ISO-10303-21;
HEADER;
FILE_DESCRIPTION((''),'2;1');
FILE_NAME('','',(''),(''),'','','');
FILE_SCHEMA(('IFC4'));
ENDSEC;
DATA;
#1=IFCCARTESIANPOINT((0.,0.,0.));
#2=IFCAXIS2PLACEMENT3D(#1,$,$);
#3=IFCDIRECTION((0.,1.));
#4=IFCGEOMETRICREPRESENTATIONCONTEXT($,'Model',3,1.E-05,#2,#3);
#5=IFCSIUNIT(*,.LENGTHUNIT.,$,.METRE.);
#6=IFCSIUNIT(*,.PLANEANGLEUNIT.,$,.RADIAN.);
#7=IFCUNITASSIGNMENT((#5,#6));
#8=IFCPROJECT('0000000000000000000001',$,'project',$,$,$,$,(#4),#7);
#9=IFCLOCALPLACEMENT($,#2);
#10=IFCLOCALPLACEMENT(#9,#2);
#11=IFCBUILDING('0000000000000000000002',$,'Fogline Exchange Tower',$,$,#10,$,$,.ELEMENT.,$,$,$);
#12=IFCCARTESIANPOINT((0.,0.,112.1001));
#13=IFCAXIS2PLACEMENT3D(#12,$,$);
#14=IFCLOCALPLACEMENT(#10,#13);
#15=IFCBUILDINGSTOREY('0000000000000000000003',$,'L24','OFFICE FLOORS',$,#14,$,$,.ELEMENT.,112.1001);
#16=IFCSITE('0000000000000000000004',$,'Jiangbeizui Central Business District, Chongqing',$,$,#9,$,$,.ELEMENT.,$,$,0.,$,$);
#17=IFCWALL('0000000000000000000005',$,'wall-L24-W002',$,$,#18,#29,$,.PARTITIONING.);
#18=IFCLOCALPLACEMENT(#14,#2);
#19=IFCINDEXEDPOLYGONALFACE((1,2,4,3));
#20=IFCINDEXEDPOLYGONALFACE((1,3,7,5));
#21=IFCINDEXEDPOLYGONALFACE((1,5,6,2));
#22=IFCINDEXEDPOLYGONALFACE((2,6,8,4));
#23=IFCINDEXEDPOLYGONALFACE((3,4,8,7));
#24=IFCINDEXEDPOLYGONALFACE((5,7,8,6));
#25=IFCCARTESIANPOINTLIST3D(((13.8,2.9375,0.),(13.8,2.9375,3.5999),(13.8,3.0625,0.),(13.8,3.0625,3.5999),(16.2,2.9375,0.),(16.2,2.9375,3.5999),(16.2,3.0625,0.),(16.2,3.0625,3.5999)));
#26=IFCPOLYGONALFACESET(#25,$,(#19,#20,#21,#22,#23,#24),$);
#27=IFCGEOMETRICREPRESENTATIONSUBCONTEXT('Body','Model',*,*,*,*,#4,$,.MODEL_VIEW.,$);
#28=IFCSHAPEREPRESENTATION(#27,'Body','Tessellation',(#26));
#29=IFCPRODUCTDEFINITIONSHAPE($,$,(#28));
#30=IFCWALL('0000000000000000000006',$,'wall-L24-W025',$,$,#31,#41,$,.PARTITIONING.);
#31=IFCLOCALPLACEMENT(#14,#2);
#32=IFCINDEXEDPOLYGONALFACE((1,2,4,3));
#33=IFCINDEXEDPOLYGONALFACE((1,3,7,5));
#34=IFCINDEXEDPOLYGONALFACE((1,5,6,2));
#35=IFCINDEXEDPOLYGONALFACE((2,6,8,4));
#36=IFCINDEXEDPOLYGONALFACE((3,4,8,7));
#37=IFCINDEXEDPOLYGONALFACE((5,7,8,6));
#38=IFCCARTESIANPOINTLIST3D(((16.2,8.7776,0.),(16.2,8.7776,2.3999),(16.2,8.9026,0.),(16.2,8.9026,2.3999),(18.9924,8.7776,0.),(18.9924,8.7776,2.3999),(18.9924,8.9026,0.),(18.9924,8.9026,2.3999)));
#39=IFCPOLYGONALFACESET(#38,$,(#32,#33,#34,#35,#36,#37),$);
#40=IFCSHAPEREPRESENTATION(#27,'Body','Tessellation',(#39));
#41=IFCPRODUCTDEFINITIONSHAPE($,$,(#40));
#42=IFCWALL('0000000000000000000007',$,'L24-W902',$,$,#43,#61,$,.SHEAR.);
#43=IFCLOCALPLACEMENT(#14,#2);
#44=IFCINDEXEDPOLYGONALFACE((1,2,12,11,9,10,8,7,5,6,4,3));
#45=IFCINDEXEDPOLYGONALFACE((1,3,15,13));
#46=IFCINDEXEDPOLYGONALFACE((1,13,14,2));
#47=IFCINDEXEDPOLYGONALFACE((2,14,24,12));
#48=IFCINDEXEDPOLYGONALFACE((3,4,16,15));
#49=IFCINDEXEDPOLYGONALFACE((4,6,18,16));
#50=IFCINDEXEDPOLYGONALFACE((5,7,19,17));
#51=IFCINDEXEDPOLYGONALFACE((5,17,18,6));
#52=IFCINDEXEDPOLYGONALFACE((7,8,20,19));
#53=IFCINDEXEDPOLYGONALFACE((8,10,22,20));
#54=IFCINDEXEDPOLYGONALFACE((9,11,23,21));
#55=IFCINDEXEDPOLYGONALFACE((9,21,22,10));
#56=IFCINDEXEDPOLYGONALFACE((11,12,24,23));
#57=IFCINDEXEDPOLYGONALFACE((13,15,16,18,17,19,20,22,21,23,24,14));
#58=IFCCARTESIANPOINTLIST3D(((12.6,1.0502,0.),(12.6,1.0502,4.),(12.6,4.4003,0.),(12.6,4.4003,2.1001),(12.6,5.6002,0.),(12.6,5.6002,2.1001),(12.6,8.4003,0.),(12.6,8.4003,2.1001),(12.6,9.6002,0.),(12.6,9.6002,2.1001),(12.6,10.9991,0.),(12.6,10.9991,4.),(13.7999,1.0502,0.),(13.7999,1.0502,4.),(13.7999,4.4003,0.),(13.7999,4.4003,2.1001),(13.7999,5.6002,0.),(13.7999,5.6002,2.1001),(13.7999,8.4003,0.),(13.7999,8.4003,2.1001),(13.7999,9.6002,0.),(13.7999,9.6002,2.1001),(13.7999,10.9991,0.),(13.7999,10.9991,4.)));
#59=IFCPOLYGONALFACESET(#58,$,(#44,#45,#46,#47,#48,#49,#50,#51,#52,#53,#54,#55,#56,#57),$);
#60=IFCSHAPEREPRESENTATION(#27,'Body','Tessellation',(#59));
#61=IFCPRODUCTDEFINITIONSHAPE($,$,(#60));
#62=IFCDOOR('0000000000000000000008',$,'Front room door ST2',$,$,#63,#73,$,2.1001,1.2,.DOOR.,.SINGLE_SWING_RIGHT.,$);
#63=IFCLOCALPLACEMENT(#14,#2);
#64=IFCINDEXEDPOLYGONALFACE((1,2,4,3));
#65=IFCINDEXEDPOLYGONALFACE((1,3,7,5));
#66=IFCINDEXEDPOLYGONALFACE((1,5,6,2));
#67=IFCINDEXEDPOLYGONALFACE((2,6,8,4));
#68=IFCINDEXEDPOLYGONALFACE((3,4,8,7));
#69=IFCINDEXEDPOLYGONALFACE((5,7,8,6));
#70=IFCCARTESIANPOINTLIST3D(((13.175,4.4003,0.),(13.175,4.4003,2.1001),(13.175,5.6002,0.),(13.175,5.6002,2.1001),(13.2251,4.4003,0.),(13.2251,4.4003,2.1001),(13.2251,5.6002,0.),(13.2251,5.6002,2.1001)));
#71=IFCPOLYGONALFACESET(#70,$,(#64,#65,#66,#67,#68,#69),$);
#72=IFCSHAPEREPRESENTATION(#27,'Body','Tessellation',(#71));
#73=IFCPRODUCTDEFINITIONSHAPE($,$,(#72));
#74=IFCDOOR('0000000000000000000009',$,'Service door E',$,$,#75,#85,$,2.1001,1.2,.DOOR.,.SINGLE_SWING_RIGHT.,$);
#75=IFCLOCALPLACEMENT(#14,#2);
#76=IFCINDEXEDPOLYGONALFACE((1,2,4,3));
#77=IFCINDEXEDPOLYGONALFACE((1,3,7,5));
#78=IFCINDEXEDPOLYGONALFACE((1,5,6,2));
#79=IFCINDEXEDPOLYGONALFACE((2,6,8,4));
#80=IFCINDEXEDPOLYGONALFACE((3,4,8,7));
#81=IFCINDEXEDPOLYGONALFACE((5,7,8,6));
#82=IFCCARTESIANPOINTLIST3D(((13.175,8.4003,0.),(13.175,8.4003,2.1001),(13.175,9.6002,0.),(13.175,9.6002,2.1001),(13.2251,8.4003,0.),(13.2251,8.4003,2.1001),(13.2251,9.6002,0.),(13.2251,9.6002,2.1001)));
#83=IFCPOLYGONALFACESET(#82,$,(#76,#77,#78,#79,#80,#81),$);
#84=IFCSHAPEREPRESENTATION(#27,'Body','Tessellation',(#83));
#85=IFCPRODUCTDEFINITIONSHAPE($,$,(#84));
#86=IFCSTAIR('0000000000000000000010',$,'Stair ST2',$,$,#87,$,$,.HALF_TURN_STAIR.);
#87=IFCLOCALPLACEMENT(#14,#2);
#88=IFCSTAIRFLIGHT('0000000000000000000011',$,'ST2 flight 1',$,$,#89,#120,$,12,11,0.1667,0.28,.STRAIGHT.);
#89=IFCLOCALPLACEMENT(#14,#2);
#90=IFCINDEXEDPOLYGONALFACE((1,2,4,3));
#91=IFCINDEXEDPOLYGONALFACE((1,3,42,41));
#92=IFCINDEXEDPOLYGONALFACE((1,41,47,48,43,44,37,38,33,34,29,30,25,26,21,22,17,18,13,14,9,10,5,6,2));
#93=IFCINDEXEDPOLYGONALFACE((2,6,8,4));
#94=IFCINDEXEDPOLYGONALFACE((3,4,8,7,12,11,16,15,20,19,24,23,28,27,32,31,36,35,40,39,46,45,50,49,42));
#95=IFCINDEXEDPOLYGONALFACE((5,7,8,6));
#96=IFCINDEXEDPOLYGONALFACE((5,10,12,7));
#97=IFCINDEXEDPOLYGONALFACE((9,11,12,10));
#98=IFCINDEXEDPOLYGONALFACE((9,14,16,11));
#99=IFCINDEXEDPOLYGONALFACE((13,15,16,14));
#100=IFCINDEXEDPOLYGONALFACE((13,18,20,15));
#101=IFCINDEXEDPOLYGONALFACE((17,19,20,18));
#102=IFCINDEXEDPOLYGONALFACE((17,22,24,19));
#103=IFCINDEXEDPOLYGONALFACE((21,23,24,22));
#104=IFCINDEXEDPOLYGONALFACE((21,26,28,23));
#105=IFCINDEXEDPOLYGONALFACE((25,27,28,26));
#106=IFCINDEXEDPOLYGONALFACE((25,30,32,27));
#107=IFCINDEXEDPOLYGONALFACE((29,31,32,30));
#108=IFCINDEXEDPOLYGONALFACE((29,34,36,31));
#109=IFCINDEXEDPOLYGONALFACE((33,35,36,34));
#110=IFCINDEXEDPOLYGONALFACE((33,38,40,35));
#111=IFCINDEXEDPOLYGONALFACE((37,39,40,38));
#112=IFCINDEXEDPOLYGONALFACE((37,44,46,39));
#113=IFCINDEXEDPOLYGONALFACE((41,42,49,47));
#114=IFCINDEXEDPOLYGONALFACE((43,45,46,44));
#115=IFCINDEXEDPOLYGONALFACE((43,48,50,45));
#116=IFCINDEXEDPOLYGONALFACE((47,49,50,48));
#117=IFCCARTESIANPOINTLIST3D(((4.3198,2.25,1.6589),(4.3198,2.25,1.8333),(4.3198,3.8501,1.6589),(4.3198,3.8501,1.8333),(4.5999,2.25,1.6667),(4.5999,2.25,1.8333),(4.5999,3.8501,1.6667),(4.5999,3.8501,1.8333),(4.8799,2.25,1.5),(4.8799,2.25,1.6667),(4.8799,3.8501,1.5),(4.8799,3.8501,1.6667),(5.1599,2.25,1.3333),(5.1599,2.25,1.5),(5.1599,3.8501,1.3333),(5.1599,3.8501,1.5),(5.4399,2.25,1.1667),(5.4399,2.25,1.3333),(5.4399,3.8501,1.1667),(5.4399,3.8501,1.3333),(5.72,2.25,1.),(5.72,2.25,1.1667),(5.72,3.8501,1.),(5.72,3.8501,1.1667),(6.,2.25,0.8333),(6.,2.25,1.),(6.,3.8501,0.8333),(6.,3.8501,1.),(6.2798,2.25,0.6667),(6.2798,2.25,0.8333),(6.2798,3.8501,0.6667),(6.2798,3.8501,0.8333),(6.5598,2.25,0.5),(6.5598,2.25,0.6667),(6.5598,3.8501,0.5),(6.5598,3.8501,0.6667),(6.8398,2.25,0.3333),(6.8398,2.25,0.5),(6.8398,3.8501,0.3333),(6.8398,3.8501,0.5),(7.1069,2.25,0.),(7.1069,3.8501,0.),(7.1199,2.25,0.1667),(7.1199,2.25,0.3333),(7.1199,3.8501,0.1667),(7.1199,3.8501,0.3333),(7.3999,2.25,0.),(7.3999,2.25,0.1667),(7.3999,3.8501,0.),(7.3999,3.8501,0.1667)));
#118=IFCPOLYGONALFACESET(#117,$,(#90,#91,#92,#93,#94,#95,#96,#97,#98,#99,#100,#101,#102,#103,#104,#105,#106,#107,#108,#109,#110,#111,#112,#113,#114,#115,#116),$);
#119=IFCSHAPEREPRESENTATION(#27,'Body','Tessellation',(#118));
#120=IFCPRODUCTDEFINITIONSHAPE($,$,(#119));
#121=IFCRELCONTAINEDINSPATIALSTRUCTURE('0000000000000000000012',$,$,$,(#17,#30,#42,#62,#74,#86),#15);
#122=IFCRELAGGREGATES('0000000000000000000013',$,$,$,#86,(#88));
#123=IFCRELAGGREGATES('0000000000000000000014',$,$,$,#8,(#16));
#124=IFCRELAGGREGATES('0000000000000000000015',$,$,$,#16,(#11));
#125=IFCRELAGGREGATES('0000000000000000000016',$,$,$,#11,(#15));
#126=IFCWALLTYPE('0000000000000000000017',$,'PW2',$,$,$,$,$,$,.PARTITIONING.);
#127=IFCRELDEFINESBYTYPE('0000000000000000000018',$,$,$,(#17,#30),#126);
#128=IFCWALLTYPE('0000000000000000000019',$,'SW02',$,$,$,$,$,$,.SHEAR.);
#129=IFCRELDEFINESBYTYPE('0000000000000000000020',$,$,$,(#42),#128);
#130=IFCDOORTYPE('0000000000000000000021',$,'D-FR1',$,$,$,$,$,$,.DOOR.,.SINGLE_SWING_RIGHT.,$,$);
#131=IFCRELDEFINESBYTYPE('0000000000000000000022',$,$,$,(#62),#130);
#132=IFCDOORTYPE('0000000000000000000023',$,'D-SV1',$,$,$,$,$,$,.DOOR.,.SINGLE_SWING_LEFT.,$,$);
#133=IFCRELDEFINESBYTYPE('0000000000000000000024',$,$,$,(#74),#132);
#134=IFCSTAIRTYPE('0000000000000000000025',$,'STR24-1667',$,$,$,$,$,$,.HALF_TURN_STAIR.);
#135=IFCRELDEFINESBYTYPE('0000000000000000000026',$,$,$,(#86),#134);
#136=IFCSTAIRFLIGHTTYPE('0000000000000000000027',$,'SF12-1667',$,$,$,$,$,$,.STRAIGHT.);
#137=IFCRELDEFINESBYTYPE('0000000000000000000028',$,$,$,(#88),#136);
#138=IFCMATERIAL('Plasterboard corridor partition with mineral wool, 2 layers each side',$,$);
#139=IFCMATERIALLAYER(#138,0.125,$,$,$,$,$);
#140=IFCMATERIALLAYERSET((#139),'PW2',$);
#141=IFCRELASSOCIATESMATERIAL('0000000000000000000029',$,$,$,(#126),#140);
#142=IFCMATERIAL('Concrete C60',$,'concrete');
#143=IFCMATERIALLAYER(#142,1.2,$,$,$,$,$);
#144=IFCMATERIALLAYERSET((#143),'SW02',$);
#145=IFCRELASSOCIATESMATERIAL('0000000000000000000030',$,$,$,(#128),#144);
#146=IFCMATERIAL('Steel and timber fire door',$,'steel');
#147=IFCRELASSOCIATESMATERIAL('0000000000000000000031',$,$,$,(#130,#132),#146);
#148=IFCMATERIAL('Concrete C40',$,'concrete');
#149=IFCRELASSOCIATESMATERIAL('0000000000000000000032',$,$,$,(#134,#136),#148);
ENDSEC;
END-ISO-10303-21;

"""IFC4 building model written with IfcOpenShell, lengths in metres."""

from ifc_helpers import new_model, si_unit, direction, frame, frame_2d, origin, place, context, subcontext, project, spatial, polyline, rectangle, outline, extrude, material, layer, layer_set, type_object, element, fill, aggregate, save


model = new_model("IFC4")

# Units and contexts
model_context = context("Model", 3, precision=1e-05, world=origin(), true_north=direction((0.0, 1.0)))
body_context = subcontext(model_context, "Body", "Model", "MODEL_VIEW")
ifc_project = project(units=[si_unit("LENGTHUNIT", "METRE"), si_unit("PLANEANGLEUNIT", "RADIAN")], contexts=[model_context])

# Site, building, storey
site_placement = place(None, origin())
site = spatial("IfcSite", under=ifc_project, at=site_placement, Name="Jiangbeizui Central Business District, Chongqing", CompositionType="ELEMENT", RefElevation=0.0)
building_placement = place(site_placement, origin())
building = spatial("IfcBuilding", under=site, at=building_placement, Name="Fogline Exchange Tower", CompositionType="ELEMENT")
storey_placement = place(building_placement, frame((0.0, 0.0, 112.1001)))
storey = spatial("IfcBuildingStorey", under=building, at=storey_placement, Name="L24", Description="OFFICE FLOORS", CompositionType="ELEMENT", Elevation=112.1001)

# Shared definitions
ifc_material_1 = material(Name="Concrete C40", Category="concrete")

# Shared definitions
ifc_material_2 = material(Name="Steel and timber fire door", Category="steel")

# Shared definitions
ifc_material_3 = material(Name="Plasterboard corridor partition with mineral wool, 2 layers each side")
ifc_layer_1 = layer(ifc_material_3, 0.125)
ifc_layer_set_1 = layer_set([ifc_layer_1], Name="PW2")
wall_type_1 = type_object("IfcWallType", Name="PW2", PredefinedType="PARTITIONING", material=ifc_layer_set_1)

# Walls
wall_1_placement = place(storey_placement, frame((16.2, 3.0, 0.0), z_axis=(0.0, 0.0, 1.0), x_axis=(-1.0, 0.0, 0.0)))
element("IfcWall", 1, at=wall_1_placement, inside=storey, type_object=wall_type_1, Name="wall-L24-W002", PredefinedType="PARTITIONING", context=body_context, shape_type="SweptSolid", body=[
    extrude(rectangle(XDim=2.3999, YDim=0.125, at=frame_2d((1.2, 0.0))), origin(), (0.0, 0.0, 1.0), 3.5999),
])
wall_2_placement = place(storey_placement, frame((18.9924, 8.8401, 0.0), z_axis=(0.0, 0.0, 1.0), x_axis=(-1.0, 0.0, 0.0)))
element("IfcWall", 2, at=wall_2_placement, inside=storey, type_object=wall_type_1, Name="wall-L24-W025", PredefinedType="PARTITIONING", context=body_context, shape_type="SweptSolid", body=[
    extrude(rectangle(XDim=2.7925, YDim=0.125, at=frame_2d((1.3962, 0.0))), origin(), (0.0, 0.0, 1.0), 2.3999),
])

# Wall, openings, doors
ifc_material_4 = material(Name="Concrete C60", Category="concrete")
ifc_layer_2 = layer(ifc_material_4, 1.2)
ifc_layer_set_2 = layer_set([ifc_layer_2], Name="SW02")
wall_type_2 = type_object("IfcWallType", Name="SW02", PredefinedType="SHEAR", material=ifc_layer_set_2)
wall_3_placement = place(storey_placement, frame((13.2, 1.05, 0.0), z_axis=(0.0, 0.0, 1.0), x_axis=(0.0, 1.0, 0.0)))
wall_3 = element("IfcWall", 3, at=wall_3_placement, inside=storey, type_object=wall_type_2, Name="L24-W902", PredefinedType="SHEAR", context=body_context, shape_type="SweptSolid", body=[
    extrude(rectangle(XDim=9.949, YDim=1.2, at=frame_2d((4.9746, 0.0))), origin(), (0.0, 0.0, 1.0), 4.0),
])
opening_1_placement = place(wall_3_placement, frame((3.3501, 0.0, 0.0)))
opening_1 = element("IfcOpeningElement", 4, at=opening_1_placement, cuts=wall_3, PredefinedType="OPENING", context=body_context, shape_type="SweptSolid", body=[
    extrude(rectangle(XDim=1.2, YDim=2.1001, at=frame_2d((0.6001, 1.05))), frame((0.0, 0.6099, 0.0), z_axis=(0.0, -1.0, 0.0), x_axis=(1.0, 0.0, 0.0)), (0.0, 0.0, 1.0), 1.22),
])
opening_2_placement = place(wall_3_placement, frame((7.3501, 0.0, 0.0)))
opening_2 = element("IfcOpeningElement", 5, at=opening_2_placement, cuts=wall_3, PredefinedType="OPENING", context=body_context, shape_type="SweptSolid", body=[
    extrude(rectangle(XDim=1.2, YDim=2.1001, at=frame_2d((0.6001, 1.05))), frame((0.0, 0.6099, 0.0), z_axis=(0.0, -1.0, 0.0), x_axis=(1.0, 0.0, 0.0)), (0.0, 0.0, 1.0), 1.22),
])
door_type_1 = type_object("IfcDoorType", Name="D-FR1", OperationType="SINGLE_SWING_RIGHT", PredefinedType="DOOR", material=ifc_material_2)
door_1_placement = place(opening_1_placement, origin())
door_1 = element("IfcDoor", 6, at=door_1_placement, inside=storey, type_object=door_type_1, Name="Front room door ST2", OperationType="SINGLE_SWING_RIGHT", OverallHeight=2.1001, OverallWidth=1.2, PredefinedType="DOOR", context=body_context, shape_type="SweptSolid", body=[
    extrude(rectangle(XDim=1.2, YDim=2.1001, at=frame_2d((0.6001, 1.05))), frame((0.0, 0.0249, 0.0), z_axis=(0.0, -1.0, 0.0), x_axis=(1.0, 0.0, 0.0)), (0.0, 0.0, 1.0), 0.05),
])
fill(opening_1, door_1)
door_type_2 = type_object("IfcDoorType", Name="D-SV1", OperationType="SINGLE_SWING_LEFT", PredefinedType="DOOR", material=ifc_material_2)
door_2_placement = place(opening_2_placement, origin())
door_2 = element("IfcDoor", 7, at=door_2_placement, inside=storey, type_object=door_type_2, Name="Service door E", OperationType="SINGLE_SWING_RIGHT", OverallHeight=2.1001, OverallWidth=1.2, PredefinedType="DOOR", context=body_context, shape_type="SweptSolid", body=[
    extrude(rectangle(XDim=1.2, YDim=2.1001, at=frame_2d((0.6001, 1.05))), frame((0.0, 0.0249, 0.0), z_axis=(0.0, -1.0, 0.0), x_axis=(1.0, 0.0, 0.0)), (0.0, 0.0, 1.0), 0.05),
])
fill(opening_2, door_2)

# Stair, stair flight
stair_type = type_object("IfcStairType", Name="STR24-1667", PredefinedType="HALF_TURN_STAIR", material=ifc_material_1)
stair_placement = place(storey_placement, origin())
stair = element("IfcStair", 8, at=stair_placement, inside=storey, type_object=stair_type, Name="Stair ST2", PredefinedType="HALF_TURN_STAIR")
stair_flight_type = type_object("IfcStairFlightType", Name="SF12-1667", PredefinedType="STRAIGHT", material=ifc_material_1)
stair_flight_placement = place(storey_placement, frame((7.3999, 3.05, 0.0), z_axis=(0.0, 0.0, 1.0), x_axis=(-1.0, 0.0, 0.0)))
stair_flight = element("IfcStairFlight", 9, at=stair_flight_placement, type_object=stair_flight_type, Name="ST2 flight 1", NumberOfRisers=12, NumberOfTreads=11, PredefinedType="STRAIGHT", RiserHeight=0.1667, TreadLength=0.28, context=body_context, shape_type="SweptSolid", body=[
    extrude(outline(polyline([(0.0, 0.0), (0.0, 0.1667), (0.28, 0.1667), (0.28, 0.3333), (0.5601, 0.3333), (0.5601, 0.5), (0.8401, 0.5), (0.8401, 0.6667), (1.1201, 0.6667), (1.1201, 0.8333), (1.3999, 0.8333), (1.3999, 1.0), (1.6799, 1.0), (1.6799, 1.1667), (1.96, 1.1667), (1.96, 1.3333), (2.24, 1.3333), (2.24, 1.5), (2.52, 1.5), (2.52, 1.6667), (2.8, 1.6667), (2.8, 1.8333), (3.0801, 1.8333), (3.0801, 2.0), (3.0801, 1.6589), (0.293, 0.0), (0.0, 0.0)])), frame((0.0, 0.8, 0.0), z_axis=(0.0, -1.0, 0.0), x_axis=(1.0, 0.0, 0.0)), (0.0, 0.0, 1.0), 1.6001),
])
aggregate(stair, [stair_flight])

save(model, "model.ifc")
